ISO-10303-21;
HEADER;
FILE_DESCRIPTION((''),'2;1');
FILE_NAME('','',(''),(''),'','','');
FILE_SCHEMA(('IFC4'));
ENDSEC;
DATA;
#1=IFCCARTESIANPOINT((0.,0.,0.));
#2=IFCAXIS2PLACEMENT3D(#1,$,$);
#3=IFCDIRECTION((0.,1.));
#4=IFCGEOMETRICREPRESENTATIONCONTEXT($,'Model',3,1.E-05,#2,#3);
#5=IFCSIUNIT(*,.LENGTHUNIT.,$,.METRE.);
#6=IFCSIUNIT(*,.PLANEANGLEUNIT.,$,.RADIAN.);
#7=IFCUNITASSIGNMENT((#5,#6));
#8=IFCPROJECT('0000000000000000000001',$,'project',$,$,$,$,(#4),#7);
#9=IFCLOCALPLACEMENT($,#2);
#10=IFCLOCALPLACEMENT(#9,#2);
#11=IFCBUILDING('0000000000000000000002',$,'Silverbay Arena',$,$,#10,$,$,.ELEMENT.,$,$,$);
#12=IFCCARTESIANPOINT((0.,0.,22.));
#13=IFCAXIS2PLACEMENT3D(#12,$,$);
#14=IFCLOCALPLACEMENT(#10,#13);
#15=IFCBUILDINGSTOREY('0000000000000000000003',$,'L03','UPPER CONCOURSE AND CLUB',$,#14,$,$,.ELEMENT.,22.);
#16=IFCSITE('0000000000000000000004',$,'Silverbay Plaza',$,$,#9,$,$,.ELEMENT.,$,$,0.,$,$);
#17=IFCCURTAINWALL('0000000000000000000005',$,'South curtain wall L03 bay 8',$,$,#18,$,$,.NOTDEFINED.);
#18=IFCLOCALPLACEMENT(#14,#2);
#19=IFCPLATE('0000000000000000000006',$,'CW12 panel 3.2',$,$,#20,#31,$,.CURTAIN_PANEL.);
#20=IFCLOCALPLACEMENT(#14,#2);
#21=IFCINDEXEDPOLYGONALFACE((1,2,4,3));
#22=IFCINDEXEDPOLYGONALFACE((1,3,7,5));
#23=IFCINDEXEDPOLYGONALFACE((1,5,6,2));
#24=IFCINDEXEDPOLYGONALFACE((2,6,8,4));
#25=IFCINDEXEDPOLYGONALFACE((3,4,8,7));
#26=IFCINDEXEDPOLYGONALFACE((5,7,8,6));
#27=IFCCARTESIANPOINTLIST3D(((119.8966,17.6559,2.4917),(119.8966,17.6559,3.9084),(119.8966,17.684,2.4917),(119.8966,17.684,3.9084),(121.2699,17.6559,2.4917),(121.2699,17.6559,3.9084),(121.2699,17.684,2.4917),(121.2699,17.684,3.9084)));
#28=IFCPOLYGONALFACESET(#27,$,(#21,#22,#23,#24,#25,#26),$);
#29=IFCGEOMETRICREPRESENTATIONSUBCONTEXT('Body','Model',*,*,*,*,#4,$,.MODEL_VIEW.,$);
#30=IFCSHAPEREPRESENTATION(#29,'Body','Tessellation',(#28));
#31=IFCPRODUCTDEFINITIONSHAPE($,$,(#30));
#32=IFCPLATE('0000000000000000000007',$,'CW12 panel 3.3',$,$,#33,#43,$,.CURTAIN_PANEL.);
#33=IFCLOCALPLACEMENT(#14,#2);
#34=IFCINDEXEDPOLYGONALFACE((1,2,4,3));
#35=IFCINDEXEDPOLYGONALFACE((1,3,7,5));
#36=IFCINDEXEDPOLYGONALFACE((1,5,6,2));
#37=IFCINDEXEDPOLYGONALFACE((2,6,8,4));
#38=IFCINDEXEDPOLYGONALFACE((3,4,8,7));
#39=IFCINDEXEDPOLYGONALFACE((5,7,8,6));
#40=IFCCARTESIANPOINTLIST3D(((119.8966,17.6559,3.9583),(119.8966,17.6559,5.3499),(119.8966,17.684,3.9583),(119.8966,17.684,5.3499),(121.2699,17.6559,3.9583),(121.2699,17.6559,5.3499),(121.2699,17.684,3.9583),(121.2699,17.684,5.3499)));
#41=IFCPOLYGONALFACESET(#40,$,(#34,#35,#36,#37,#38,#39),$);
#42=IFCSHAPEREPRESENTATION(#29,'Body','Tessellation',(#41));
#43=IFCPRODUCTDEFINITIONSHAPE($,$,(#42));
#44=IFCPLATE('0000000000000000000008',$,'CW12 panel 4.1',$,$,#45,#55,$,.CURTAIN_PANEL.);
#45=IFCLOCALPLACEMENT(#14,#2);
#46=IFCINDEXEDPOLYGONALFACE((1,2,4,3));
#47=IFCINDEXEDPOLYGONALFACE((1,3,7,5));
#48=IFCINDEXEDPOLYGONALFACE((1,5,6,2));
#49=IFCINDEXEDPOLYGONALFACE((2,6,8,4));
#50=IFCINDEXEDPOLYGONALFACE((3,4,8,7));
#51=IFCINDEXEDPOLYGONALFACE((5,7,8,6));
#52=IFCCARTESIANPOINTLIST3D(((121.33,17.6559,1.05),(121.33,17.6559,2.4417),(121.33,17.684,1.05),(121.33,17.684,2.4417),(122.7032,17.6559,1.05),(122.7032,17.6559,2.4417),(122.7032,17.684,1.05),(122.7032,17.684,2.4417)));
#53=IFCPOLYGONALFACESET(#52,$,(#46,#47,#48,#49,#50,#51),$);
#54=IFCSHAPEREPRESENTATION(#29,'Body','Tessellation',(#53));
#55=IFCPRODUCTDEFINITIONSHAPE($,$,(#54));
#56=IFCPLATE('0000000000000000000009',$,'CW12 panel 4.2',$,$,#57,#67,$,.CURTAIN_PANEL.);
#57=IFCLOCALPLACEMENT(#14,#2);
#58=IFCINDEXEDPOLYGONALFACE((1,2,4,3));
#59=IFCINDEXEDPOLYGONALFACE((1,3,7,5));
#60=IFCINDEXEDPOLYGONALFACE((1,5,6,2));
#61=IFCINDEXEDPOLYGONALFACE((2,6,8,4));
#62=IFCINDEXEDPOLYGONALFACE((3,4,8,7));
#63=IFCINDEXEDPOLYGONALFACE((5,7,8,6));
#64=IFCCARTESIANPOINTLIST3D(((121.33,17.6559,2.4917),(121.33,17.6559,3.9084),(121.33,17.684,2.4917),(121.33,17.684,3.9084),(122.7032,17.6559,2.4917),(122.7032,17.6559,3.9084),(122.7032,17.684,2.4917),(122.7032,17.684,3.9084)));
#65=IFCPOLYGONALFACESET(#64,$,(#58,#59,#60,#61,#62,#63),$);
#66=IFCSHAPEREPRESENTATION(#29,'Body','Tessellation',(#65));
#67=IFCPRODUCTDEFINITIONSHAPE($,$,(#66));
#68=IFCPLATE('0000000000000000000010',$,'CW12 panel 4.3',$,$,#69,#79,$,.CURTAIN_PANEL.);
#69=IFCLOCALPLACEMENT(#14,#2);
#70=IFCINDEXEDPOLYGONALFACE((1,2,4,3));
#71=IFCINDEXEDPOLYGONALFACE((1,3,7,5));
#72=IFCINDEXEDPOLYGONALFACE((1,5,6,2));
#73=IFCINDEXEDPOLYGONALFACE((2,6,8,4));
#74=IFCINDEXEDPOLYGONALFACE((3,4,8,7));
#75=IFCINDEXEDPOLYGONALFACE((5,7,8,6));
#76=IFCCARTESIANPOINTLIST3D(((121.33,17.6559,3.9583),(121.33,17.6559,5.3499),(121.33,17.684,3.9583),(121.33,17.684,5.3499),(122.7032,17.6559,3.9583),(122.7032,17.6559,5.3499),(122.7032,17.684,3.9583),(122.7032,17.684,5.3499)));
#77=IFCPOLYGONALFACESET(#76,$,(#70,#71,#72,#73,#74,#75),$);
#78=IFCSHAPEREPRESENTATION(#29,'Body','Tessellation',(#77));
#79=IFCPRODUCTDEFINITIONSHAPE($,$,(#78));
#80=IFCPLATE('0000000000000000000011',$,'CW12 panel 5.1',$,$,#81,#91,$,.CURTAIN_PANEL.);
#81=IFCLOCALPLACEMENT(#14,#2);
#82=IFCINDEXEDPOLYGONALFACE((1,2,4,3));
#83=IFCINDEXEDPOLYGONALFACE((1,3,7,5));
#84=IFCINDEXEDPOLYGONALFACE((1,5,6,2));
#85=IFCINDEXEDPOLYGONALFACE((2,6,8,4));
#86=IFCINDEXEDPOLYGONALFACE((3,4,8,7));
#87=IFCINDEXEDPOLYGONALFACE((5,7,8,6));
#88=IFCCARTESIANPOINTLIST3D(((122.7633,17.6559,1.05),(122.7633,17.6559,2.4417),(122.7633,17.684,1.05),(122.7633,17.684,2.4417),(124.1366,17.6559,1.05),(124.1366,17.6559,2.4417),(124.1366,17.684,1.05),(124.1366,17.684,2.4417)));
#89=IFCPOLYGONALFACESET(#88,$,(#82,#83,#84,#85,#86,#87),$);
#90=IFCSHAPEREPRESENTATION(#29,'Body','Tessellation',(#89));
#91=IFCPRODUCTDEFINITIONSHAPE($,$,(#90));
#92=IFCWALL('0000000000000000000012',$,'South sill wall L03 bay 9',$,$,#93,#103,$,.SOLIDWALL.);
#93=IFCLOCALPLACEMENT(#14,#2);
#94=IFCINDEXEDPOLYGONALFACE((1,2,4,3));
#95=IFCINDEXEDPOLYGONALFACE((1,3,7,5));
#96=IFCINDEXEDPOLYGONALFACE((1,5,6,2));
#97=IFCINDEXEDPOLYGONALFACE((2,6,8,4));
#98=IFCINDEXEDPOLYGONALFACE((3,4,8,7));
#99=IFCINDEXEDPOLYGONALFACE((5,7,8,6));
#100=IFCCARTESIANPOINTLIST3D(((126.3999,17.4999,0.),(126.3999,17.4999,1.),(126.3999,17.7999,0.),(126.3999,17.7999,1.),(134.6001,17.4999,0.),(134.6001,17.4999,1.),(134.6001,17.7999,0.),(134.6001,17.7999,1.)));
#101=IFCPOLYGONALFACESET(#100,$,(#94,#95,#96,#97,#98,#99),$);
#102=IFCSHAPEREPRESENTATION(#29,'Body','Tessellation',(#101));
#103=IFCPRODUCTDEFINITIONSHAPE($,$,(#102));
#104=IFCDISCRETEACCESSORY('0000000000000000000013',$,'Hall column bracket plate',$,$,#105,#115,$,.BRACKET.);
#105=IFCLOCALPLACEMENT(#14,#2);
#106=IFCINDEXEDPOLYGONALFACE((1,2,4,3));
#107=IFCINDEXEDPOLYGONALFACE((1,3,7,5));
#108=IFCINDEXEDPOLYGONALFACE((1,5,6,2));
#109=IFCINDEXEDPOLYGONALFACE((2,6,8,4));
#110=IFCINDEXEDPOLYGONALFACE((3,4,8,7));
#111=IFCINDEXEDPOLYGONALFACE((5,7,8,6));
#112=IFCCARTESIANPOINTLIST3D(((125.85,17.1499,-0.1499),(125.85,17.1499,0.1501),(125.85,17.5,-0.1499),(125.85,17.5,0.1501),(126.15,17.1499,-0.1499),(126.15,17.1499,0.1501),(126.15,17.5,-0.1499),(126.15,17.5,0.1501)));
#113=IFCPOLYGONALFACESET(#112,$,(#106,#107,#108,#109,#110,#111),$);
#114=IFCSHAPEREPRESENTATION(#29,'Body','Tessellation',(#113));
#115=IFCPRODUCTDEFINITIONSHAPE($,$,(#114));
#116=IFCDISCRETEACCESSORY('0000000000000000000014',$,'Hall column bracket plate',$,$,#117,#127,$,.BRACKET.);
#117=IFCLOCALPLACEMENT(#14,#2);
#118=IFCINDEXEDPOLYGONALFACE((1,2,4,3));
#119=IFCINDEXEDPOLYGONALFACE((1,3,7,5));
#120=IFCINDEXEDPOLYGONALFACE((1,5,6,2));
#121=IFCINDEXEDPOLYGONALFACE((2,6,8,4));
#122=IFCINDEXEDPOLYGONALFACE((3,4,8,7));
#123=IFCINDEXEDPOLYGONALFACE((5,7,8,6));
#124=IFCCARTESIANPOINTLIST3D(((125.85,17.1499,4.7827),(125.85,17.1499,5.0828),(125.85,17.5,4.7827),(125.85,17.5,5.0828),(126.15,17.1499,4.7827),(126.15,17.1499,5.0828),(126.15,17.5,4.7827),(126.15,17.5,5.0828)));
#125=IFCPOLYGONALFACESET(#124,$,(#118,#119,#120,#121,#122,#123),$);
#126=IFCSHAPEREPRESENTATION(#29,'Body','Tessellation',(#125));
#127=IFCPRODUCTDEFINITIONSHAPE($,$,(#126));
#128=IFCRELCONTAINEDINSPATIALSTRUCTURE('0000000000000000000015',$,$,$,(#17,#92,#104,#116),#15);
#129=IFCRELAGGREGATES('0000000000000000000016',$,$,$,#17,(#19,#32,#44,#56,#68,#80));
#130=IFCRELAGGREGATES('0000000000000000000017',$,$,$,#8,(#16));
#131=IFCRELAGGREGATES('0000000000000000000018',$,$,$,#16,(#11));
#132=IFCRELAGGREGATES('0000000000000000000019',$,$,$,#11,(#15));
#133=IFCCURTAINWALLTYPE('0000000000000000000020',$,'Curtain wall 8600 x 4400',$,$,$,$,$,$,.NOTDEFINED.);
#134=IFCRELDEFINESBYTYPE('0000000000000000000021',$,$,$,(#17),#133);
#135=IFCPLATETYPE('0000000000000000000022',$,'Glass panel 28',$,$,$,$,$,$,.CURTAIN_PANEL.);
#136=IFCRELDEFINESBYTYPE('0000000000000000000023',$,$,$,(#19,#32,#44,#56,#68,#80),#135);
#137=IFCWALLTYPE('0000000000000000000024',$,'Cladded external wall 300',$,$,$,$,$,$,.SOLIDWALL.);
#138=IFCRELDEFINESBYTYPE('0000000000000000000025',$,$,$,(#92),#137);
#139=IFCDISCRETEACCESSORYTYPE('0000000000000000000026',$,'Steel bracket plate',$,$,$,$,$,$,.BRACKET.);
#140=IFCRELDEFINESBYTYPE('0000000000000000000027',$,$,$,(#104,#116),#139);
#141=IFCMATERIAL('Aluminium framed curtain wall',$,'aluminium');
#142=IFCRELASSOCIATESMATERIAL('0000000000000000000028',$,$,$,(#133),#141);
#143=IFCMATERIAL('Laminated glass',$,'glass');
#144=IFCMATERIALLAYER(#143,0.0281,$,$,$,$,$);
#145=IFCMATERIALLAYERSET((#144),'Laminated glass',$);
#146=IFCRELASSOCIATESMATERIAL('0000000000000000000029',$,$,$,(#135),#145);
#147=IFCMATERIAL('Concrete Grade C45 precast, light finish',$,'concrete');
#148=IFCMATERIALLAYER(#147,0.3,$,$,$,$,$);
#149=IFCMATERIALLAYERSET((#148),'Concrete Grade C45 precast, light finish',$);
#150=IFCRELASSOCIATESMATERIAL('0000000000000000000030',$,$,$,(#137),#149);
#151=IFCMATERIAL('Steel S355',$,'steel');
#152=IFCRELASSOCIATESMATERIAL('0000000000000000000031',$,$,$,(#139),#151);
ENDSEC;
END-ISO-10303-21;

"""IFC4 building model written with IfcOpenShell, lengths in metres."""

from ifc_helpers import new_model, si_unit, direction, frame, frame_2d, origin, origin_2d, place, context, subcontext, project, spatial, rectangle, extrude, material, layer, layer_set, type_object, element, aggregate, save


model = new_model("IFC4")

# Units and contexts
model_context = context("Model", 3, precision=1e-05, world=origin(), true_north=direction((0.0, 1.0)))
body_context = subcontext(model_context, "Body", "Model", "MODEL_VIEW")
ifc_project = project(units=[si_unit("LENGTHUNIT", "METRE"), si_unit("PLANEANGLEUNIT", "RADIAN")], contexts=[model_context])

# Site, building, storey
site_placement = place(None, origin())
site = spatial("IfcSite", under=ifc_project, at=site_placement, Name="Silverbay Plaza", CompositionType="ELEMENT", RefElevation=0.0)
building_placement = place(site_placement, origin())
building = spatial("IfcBuilding", under=site, at=building_placement, Name="Silverbay Arena", CompositionType="ELEMENT")
storey_placement = place(building_placement, frame((0.0, 0.0, 22.0)))
storey = spatial("IfcBuildingStorey", under=building, at=storey_placement, Name="L03", Description="UPPER CONCOURSE AND CLUB", CompositionType="ELEMENT", Elevation=22.0)

# Curtain wall
ifc_material_1 = material(Name="Aluminium framed curtain wall", Category="aluminium")
curtain_wall_type = type_object("IfcCurtainWallType", Name="Curtain wall 8600 x 4400", PredefinedType="NOTDEFINED", material=ifc_material_1)
curtain_wall_placement = place(storey_placement, origin())
curtain_wall = element("IfcCurtainWall", 1, at=curtain_wall_placement, inside=storey, type_object=curtain_wall_type, Name="South curtain wall L03 bay 8", PredefinedType="NOTDEFINED")

# Plates
ifc_material_2 = material(Name="Laminated glass", Category="glass")
ifc_layer_1 = layer(ifc_material_2, 0.0281)
ifc_layer_set_1 = layer_set([ifc_layer_1], Name="Laminated glass")
plate_type = type_object("IfcPlateType", Name="Glass panel 28", PredefinedType="CURTAIN_PANEL", material=ifc_layer_set_1)
plate_1_placement = place(storey_placement, frame((120.5833, 17.6699, 2.4917), z_axis=(0.0, 0.0, 1.0), x_axis=(1.0, 0.0, 0.0)))
plate_1 = element("IfcPlate", 2, at=plate_1_placement, type_object=plate_type, Name="CW12 panel 3.2", PredefinedType="CURTAIN_PANEL", context=body_context, shape_type="SweptSolid", body=[
    extrude(rectangle(XDim=1.3733, YDim=0.0281, at=origin_2d()), origin(), (0.0, 0.0, 1.0), 1.4167),
])
plate_2_placement = place(storey_placement, frame((120.5833, 17.6699, 3.9583), z_axis=(0.0, 0.0, 1.0), x_axis=(1.0, 0.0, 0.0)))
plate_2 = element("IfcPlate", 3, at=plate_2_placement, type_object=plate_type, Name="CW12 panel 3.3", PredefinedType="CURTAIN_PANEL", context=body_context, shape_type="SweptSolid", body=[
    extrude(rectangle(XDim=1.3733, YDim=0.0281, at=origin_2d()), origin(), (0.0, 0.0, 1.0), 1.3916),
])
plate_3_placement = place(storey_placement, frame((122.0166, 17.6699, 1.05), z_axis=(0.0, 0.0, 1.0), x_axis=(1.0, 0.0, 0.0)))
plate_3 = element("IfcPlate", 4, at=plate_3_placement, type_object=plate_type, Name="CW12 panel 4.1", PredefinedType="CURTAIN_PANEL", context=body_context, shape_type="SweptSolid", body=[
    extrude(rectangle(XDim=1.3733, YDim=0.0281, at=origin_2d()), origin(), (0.0, 0.0, 1.0), 1.3916),
])
plate_4_placement = place(storey_placement, frame((122.0166, 17.6699, 2.4917), z_axis=(0.0, 0.0, 1.0), x_axis=(1.0, 0.0, 0.0)))
plate_4 = element("IfcPlate", 5, at=plate_4_placement, type_object=plate_type, Name="CW12 panel 4.2", PredefinedType="CURTAIN_PANEL", context=body_context, shape_type="SweptSolid", body=[
    extrude(rectangle(XDim=1.3733, YDim=0.0281, at=origin_2d()), origin(), (0.0, 0.0, 1.0), 1.4167),
])
plate_5_placement = place(storey_placement, frame((122.0166, 17.6699, 3.9583), z_axis=(0.0, 0.0, 1.0), x_axis=(1.0, 0.0, 0.0)))
plate_5 = element("IfcPlate", 6, at=plate_5_placement, type_object=plate_type, Name="CW12 panel 4.3", PredefinedType="CURTAIN_PANEL", context=body_context, shape_type="SweptSolid", body=[
    extrude(rectangle(XDim=1.3733, YDim=0.0281, at=origin_2d()), origin(), (0.0, 0.0, 1.0), 1.3916),
])
plate_6_placement = place(storey_placement, frame((123.45, 17.6699, 1.05), z_axis=(0.0, 0.0, 1.0), x_axis=(1.0, 0.0, 0.0)))
plate_6 = element("IfcPlate", 7, at=plate_6_placement, type_object=plate_type, Name="CW12 panel 5.1", PredefinedType="CURTAIN_PANEL", context=body_context, shape_type="SweptSolid", body=[
    extrude(rectangle(XDim=1.3733, YDim=0.0281, at=origin_2d()), origin(), (0.0, 0.0, 1.0), 1.3916),
])
aggregate(curtain_wall, [plate_1, plate_2, plate_3, plate_4, plate_5, plate_6])

# Wall
ifc_material_3 = material(Name="Concrete Grade C45 precast, light finish", Category="concrete")
ifc_layer_2 = layer(ifc_material_3, 0.3)
ifc_layer_set_2 = layer_set([ifc_layer_2], Name="Concrete Grade C45 precast, light finish")
wall_type = type_object("IfcWallType", Name="Cladded external wall 300", PredefinedType="SOLIDWALL", material=ifc_layer_set_2)
wall_placement = place(storey_placement, frame((126.3999, 17.6499, 0.0), z_axis=(0.0, 0.0, 1.0), x_axis=(1.0, 0.0, 0.0)))
element("IfcWall", 8, at=wall_placement, inside=storey, type_object=wall_type, Name="South sill wall L03 bay 9", PredefinedType="SOLIDWALL", context=body_context, shape_type="SweptSolid", body=[
    extrude(rectangle(XDim=8.2002, YDim=0.3, at=frame_2d((4.1001, 0.0))), origin(), (0.0, 0.0, 1.0), 1.0),
])

# Discrete accessories
ifc_material_4 = material(Name="Steel S355", Category="steel")
discrete_accessory_type = type_object("IfcDiscreteAccessoryType", Name="Steel bracket plate", PredefinedType="BRACKET", material=ifc_material_4)
for number, where, z_axis, x_axis, name in (
    (9, (126.0, 17.325, -0.1499), (0.0, 0.0, 1.0), (1.0, 0.0, 0.0), "Hall column bracket plate"),
    (10, (126.0, 17.325, 4.7827), (0.0, 0.0, 1.0), (1.0, 0.0, 0.0), "Hall column bracket plate"),
):
    element("IfcDiscreteAccessory", number, at=place(storey_placement, frame(where, z_axis=z_axis, x_axis=x_axis)), inside=storey, type_object=discrete_accessory_type, Name=name, PredefinedType="BRACKET", context=body_context, shape_type="SweptSolid", body=[
        extrude(rectangle(XDim=0.3, YDim=0.3501, at=origin_2d()), origin(), (0.0, 0.0, 1.0), 0.3),
    ])

save(model, "model.ifc")
